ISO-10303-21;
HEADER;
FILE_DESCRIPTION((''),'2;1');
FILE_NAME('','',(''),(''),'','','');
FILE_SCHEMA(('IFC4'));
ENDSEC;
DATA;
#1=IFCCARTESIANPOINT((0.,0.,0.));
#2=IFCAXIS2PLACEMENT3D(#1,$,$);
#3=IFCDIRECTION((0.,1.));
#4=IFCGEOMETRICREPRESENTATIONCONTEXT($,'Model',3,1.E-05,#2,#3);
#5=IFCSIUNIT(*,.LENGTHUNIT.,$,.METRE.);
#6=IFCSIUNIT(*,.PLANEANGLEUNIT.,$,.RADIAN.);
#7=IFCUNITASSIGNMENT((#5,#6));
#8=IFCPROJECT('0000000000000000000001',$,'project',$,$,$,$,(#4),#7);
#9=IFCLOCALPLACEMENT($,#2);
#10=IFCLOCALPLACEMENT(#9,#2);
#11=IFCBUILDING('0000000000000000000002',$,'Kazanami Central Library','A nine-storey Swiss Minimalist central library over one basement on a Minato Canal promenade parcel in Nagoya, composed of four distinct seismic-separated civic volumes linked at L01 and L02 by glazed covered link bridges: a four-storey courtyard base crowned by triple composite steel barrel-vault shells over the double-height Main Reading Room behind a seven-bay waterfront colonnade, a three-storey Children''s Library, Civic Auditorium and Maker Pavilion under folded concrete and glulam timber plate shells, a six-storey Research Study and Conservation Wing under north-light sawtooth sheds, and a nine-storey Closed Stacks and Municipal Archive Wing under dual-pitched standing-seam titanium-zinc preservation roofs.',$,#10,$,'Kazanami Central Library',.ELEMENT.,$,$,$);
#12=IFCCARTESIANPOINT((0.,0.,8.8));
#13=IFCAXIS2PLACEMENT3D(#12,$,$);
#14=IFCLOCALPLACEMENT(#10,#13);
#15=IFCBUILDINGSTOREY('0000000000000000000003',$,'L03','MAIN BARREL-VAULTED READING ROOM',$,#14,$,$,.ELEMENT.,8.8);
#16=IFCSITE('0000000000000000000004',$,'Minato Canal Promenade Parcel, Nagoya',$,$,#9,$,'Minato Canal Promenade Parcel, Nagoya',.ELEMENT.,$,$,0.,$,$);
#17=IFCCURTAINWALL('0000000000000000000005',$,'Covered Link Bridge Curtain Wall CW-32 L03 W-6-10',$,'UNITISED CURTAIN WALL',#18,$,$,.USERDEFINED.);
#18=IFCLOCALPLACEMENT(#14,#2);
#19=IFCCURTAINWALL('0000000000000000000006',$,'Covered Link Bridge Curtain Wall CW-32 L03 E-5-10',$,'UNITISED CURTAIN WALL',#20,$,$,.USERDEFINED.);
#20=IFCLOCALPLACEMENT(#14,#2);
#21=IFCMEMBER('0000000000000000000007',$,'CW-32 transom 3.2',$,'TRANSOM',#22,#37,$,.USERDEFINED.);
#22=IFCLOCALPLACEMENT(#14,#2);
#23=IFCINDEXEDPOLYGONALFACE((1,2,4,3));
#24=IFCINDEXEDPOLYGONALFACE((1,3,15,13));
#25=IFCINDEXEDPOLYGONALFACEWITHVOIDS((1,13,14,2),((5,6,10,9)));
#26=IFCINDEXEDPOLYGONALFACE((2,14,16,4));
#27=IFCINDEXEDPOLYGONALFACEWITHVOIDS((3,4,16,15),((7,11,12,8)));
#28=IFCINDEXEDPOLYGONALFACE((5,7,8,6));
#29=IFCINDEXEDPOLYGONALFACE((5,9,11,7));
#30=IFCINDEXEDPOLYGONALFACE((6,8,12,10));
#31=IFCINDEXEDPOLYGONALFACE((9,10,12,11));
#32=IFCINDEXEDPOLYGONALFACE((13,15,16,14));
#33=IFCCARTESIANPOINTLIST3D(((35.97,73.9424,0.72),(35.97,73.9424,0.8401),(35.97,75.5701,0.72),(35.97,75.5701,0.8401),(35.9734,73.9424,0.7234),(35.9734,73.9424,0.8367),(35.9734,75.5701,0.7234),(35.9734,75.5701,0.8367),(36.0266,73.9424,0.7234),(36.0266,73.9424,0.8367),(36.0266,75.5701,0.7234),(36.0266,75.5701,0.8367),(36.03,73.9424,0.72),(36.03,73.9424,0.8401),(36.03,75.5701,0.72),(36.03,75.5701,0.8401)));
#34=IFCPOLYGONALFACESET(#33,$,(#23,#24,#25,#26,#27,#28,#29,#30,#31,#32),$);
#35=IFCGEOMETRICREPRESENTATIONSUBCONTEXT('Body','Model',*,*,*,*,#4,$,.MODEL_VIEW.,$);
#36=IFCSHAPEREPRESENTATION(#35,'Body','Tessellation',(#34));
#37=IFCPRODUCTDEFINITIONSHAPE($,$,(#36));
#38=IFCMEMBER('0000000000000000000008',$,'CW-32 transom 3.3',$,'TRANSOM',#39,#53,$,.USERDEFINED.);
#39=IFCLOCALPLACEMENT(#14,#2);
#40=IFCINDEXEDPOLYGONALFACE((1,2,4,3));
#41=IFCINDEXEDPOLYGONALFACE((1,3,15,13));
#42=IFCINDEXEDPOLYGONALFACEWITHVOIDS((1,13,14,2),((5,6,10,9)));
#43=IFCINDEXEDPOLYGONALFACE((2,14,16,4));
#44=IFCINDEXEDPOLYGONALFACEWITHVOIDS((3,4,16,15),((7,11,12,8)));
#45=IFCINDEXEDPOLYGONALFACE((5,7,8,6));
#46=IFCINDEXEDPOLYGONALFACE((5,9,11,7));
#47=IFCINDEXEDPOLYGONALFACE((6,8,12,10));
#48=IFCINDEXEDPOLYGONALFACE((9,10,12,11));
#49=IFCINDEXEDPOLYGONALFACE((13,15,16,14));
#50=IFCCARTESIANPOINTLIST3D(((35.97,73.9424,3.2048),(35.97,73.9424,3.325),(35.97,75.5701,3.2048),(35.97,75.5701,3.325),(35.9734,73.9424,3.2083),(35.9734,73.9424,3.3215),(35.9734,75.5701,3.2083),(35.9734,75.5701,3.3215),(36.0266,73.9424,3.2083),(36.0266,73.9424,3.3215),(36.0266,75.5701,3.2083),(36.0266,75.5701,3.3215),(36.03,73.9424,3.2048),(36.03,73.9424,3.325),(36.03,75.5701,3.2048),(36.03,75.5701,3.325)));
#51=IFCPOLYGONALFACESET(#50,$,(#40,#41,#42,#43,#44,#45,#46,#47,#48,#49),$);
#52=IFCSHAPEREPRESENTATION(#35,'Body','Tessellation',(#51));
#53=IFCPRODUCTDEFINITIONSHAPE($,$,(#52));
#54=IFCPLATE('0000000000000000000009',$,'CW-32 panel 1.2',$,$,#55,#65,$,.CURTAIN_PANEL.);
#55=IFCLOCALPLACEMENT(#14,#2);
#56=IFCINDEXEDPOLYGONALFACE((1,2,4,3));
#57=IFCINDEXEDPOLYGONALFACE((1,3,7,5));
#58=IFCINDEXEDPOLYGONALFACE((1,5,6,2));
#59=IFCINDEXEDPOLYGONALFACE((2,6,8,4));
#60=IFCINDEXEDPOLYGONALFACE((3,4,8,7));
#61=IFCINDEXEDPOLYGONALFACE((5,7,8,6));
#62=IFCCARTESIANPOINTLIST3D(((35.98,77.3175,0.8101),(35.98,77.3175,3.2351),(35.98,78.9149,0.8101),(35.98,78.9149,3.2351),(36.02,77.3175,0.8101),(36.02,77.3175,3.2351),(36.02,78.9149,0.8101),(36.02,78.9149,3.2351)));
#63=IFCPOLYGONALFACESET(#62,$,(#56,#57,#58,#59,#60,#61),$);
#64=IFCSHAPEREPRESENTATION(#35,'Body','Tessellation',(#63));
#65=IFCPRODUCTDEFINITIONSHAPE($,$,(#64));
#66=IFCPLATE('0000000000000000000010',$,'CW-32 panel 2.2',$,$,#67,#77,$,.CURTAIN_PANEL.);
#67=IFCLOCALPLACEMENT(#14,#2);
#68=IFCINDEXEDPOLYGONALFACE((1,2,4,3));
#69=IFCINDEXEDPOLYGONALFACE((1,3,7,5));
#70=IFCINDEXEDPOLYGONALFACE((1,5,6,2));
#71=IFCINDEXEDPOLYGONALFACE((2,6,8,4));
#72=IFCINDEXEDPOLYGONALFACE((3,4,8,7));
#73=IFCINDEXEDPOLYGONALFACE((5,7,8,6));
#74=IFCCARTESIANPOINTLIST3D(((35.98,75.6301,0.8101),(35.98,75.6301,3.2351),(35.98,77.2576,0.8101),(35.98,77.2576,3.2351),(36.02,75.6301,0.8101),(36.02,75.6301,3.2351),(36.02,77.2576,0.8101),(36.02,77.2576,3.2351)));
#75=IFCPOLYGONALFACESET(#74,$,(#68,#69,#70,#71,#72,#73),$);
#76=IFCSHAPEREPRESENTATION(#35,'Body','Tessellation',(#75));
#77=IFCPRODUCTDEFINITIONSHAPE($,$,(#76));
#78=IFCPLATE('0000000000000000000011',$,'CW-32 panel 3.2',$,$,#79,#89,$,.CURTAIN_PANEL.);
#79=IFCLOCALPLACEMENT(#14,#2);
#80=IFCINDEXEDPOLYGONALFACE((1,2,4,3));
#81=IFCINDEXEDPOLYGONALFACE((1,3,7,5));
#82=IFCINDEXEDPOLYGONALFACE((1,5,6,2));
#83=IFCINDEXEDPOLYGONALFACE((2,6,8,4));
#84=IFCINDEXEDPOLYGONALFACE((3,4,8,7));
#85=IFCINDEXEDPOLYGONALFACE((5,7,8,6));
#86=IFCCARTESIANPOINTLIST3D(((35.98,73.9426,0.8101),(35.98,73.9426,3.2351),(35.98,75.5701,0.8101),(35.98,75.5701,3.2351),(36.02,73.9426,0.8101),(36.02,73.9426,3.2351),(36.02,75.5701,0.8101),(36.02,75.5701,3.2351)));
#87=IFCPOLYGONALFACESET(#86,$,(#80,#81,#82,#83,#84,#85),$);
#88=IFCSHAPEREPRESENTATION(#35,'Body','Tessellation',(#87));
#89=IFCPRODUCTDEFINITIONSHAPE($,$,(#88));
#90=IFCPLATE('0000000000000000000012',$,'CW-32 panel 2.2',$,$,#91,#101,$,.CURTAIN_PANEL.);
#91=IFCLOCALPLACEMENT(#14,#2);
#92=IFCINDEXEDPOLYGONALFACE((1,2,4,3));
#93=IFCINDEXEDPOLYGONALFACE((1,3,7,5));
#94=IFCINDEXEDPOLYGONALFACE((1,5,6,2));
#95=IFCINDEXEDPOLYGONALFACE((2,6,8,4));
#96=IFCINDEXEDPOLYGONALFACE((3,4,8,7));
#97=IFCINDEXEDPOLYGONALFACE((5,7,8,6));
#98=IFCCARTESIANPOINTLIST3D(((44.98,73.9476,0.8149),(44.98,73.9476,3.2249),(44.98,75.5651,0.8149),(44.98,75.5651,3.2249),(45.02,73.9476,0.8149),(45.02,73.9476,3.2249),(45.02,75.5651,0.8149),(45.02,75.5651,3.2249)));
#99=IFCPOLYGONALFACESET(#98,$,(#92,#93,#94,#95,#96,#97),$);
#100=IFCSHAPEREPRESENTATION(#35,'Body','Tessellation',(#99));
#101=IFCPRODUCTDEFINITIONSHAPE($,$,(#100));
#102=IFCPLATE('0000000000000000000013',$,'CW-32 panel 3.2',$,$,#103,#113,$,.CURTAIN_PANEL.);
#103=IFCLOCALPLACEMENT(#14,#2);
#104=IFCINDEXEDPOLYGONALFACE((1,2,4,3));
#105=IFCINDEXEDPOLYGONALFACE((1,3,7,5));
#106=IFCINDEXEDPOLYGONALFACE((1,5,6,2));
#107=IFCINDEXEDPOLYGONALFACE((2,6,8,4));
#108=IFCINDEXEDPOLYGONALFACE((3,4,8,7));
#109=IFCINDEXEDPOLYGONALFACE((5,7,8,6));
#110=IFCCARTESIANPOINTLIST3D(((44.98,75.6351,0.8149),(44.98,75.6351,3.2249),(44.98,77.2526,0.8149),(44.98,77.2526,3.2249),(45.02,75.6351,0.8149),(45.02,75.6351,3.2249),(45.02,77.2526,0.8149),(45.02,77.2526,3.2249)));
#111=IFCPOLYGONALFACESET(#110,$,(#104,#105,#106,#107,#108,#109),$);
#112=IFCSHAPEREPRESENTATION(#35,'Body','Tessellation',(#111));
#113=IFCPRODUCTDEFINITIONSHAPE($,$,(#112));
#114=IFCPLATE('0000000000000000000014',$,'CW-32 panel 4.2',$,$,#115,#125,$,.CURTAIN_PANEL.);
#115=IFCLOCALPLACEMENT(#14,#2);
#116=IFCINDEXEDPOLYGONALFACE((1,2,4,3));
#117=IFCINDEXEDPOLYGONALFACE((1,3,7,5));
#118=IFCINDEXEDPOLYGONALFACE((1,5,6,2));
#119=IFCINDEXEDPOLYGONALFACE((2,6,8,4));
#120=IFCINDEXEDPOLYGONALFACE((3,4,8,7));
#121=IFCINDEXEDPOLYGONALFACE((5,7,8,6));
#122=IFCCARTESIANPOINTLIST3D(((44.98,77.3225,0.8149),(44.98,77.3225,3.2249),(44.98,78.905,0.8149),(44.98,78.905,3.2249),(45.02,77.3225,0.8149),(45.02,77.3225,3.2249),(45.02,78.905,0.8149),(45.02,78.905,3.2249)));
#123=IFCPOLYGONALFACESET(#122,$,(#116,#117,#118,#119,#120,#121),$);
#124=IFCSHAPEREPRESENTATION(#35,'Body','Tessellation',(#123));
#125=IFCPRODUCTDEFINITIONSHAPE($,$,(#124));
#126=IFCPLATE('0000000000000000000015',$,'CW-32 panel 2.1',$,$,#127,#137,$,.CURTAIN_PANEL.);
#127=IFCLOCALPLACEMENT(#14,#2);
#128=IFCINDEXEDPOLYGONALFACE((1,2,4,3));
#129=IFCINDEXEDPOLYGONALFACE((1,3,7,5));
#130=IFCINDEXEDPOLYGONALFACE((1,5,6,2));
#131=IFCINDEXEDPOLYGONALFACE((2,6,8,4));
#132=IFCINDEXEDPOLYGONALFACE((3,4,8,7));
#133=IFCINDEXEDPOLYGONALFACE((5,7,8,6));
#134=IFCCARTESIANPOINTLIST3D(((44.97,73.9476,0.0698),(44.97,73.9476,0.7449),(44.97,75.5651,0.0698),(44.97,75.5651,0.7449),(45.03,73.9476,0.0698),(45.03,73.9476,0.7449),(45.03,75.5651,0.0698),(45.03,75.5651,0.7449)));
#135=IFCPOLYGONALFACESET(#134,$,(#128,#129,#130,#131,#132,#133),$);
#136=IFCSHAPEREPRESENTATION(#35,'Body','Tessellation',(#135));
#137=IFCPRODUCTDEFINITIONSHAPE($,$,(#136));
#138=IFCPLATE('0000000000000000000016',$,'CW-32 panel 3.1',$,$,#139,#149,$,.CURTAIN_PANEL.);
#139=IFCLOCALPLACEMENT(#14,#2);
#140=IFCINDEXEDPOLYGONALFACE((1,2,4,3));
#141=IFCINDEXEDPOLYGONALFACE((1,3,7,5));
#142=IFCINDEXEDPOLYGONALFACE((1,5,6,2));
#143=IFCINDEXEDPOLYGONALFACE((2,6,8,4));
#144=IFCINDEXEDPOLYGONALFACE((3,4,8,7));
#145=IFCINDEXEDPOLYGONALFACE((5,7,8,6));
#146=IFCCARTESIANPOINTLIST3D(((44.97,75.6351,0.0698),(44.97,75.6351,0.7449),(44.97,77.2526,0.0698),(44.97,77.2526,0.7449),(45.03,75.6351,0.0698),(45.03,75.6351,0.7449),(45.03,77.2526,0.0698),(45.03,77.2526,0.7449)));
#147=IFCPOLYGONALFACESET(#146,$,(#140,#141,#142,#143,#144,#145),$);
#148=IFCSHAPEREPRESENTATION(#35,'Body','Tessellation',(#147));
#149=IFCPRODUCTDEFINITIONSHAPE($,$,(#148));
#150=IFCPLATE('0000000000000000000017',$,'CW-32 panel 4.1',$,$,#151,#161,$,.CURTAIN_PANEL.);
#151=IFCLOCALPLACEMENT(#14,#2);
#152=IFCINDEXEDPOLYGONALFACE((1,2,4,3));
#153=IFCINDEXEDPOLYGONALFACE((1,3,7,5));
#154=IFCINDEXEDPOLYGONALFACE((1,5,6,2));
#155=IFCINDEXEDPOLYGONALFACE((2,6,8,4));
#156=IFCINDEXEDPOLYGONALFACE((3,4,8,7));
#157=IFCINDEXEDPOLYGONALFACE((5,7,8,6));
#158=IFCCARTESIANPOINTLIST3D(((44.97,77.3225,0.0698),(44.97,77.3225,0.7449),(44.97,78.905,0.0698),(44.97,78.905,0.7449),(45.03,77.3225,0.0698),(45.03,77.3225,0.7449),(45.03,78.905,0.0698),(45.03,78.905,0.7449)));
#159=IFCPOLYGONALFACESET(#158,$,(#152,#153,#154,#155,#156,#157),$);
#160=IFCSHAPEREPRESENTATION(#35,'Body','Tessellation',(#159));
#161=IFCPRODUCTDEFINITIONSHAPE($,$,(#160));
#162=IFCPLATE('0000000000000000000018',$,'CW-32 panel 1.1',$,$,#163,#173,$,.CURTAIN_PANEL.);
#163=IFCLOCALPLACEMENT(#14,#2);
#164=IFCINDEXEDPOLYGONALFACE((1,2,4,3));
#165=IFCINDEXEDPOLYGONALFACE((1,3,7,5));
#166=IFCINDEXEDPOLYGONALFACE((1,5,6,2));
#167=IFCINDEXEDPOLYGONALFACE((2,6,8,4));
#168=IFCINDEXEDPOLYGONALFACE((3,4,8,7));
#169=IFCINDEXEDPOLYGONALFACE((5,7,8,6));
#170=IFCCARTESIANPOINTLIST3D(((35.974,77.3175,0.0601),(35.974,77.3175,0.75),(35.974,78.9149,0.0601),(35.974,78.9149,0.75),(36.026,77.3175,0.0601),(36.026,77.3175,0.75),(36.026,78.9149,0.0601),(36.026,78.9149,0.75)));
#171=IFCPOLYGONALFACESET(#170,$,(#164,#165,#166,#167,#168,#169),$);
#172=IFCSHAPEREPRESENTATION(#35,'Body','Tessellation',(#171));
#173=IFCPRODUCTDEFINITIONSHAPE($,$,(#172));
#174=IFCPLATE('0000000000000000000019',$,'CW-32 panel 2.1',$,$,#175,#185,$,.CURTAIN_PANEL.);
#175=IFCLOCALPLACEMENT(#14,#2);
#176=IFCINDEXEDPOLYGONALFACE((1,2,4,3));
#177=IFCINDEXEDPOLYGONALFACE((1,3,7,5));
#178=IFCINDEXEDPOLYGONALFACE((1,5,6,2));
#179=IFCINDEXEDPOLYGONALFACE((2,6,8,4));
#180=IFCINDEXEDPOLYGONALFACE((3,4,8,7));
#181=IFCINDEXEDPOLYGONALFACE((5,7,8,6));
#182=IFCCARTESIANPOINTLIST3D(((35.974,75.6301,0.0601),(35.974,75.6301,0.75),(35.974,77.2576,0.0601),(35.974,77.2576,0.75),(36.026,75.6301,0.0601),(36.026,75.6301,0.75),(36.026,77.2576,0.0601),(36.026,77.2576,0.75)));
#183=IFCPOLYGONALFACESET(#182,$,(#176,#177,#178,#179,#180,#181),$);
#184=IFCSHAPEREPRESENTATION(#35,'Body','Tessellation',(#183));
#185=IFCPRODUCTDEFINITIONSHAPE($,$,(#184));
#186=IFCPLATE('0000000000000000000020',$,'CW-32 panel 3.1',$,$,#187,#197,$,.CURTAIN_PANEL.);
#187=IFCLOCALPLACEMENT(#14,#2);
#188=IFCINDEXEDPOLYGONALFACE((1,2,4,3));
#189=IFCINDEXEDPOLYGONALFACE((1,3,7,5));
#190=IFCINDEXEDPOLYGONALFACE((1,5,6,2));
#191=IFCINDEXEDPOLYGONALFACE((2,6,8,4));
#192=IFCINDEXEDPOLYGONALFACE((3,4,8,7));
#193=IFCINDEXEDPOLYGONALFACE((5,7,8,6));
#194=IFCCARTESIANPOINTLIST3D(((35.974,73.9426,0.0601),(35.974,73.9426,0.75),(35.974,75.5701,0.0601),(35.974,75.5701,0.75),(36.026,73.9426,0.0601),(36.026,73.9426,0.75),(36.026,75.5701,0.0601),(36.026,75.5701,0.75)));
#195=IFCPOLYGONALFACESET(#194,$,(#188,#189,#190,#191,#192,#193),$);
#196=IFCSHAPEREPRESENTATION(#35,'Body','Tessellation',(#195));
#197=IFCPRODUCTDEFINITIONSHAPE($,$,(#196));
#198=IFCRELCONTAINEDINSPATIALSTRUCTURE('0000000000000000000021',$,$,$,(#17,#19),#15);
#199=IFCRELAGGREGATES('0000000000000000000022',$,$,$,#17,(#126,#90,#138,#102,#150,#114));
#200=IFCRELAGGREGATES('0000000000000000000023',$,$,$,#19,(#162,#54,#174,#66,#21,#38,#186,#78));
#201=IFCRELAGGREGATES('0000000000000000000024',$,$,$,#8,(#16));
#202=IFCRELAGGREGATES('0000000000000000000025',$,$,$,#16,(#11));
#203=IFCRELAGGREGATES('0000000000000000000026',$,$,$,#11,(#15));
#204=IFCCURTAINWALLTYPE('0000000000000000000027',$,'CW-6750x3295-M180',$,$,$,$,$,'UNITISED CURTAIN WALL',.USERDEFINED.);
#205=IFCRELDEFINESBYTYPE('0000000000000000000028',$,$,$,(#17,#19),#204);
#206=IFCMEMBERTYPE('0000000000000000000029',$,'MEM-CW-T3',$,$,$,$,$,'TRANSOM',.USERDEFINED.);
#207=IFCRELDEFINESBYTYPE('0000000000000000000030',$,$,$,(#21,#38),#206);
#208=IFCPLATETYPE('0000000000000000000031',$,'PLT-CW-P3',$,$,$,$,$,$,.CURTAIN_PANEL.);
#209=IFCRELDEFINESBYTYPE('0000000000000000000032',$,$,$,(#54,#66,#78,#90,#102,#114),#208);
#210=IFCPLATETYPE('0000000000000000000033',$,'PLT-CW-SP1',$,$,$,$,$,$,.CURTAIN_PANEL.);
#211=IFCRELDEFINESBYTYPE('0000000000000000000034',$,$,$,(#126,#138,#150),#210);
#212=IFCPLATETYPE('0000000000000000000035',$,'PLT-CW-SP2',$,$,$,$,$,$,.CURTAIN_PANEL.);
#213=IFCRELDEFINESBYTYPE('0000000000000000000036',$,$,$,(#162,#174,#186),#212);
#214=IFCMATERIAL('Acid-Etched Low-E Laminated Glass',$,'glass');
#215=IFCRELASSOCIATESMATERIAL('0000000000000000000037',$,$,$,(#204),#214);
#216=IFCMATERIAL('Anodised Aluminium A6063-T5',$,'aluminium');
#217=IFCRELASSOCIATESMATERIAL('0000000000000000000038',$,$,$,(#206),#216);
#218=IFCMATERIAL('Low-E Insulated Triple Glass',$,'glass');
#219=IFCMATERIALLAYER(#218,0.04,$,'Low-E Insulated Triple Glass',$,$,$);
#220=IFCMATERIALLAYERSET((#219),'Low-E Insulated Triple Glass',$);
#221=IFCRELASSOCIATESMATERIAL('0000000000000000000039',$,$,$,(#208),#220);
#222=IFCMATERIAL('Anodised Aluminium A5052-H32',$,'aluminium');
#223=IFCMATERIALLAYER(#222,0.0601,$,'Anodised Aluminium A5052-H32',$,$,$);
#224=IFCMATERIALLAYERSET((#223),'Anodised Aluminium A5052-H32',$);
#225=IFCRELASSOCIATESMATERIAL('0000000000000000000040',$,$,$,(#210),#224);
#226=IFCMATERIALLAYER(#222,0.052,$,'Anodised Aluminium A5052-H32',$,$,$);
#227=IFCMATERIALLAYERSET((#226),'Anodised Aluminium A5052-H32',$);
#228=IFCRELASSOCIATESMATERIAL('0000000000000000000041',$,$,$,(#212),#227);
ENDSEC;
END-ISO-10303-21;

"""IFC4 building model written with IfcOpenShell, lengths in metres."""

from ifc_helpers import new_model, si_unit, direction, frame, origin, origin_2d, place, context, subcontext, project, spatial, rectangle, hollow_rectangle, extrude, material, layer, layer_set, material_profile, profile_set, type_object, element, aggregate, save


model = new_model("IFC4")

# Units and contexts
model_context = context("Model", 3, precision=1e-05, world=origin(), true_north=direction((0.0, 1.0)))
body_context = subcontext(model_context, "Body", "Model", "MODEL_VIEW")
ifc_project = project(units=[si_unit("LENGTHUNIT", "METRE"), si_unit("PLANEANGLEUNIT", "RADIAN")], contexts=[model_context])

# Site, building, storey
site_placement = place(None, origin())
site = spatial("IfcSite", under=ifc_project, at=site_placement, Name="Minato Canal Promenade Parcel, Nagoya", LongName="Minato Canal Promenade Parcel, Nagoya", CompositionType="ELEMENT", RefElevation=0.0)
building_placement = place(site_placement, origin())
building = spatial("IfcBuilding", under=site, at=building_placement, Name="Kazanami Central Library", Description="A nine-storey Swiss Minimalist central library over one basement on a Minato Canal promenade parcel in Nagoya, composed of four distinct seismic-separated civic volumes linked at L01 and L02 by glazed covered link bridges: a four-storey courtyard base crowned by triple composite steel barrel-vault shells over the double-height Main Reading Room behind a seven-bay waterfront colonnade, a three-storey Children's Library, Civic Auditorium and Maker Pavilion under folded concrete and glulam timber plate shells, a six-storey Research Study and Conservation Wing under north-light sawtooth sheds, and a nine-storey Closed Stacks and Municipal Archive Wing under dual-pitched standing-seam titanium-zinc preservation roofs.", LongName="Kazanami Central Library", CompositionType="ELEMENT")
storey_placement = place(building_placement, frame((0.0, 0.0, 8.8)))
storey = spatial("IfcBuildingStorey", under=building, at=storey_placement, Name="L03", Description="MAIN BARREL-VAULTED READING ROOM", CompositionType="ELEMENT", Elevation=8.8)

# Curtain walls
ifc_material_1 = material(Name="Acid-Etched Low-E Laminated Glass", Category="glass")
curtain_wall_type = type_object("IfcCurtainWallType", Name="CW-6750x3295-M180", ElementType="UNITISED CURTAIN WALL", PredefinedType="USERDEFINED", material=ifc_material_1)
curtain_wall_1_placement = place(storey_placement, origin())
curtain_wall_1 = element("IfcCurtainWall", 1, at=curtain_wall_1_placement, inside=storey, type_object=curtain_wall_type, Name="Covered Link Bridge Curtain Wall CW-32 L03 W-6-10", ObjectType="UNITISED CURTAIN WALL", PredefinedType="USERDEFINED")
ifc_material_2 = material(Name="Anodised Aluminium A6063-T5", Category="aluminium")
curtain_wall_2_placement = place(storey_placement, origin())
curtain_wall_2 = element("IfcCurtainWall", 2, at=curtain_wall_2_placement, inside=storey, type_object=curtain_wall_type, Name="Covered Link Bridge Curtain Wall CW-32 L03 E-5-10", ObjectType="UNITISED CURTAIN WALL", PredefinedType="USERDEFINED")

# Members
ifc_material_profile_1 = material_profile(ifc_material_2, hollow_rectangle(XDim=0.0601, YDim=0.1201, WallThickness=0.0034, at=origin_2d()), Name="ALU-TRAN-60x120x3.5")
ifc_profile_set_1 = profile_set([ifc_material_profile_1], Name="Anodised Aluminium A6063-T5")
member_type_1 = type_object("IfcMemberType", Name="MEM-CW-T3", ElementType="TRANSOM", PredefinedType="USERDEFINED", material=ifc_profile_set_1)
member_1_placement = place(storey_placement, frame((36.0, 75.5701, 0.78), z_axis=(0.0, -1.0, 0.0), x_axis=(1.0, 0.0, 0.0)))
member_1 = element("IfcMember", 3, at=member_1_placement, type_object=member_type_1, Name="CW-32 transom 3.2", ObjectType="TRANSOM", PredefinedType="USERDEFINED", context=body_context, shape_type="SweptSolid", body=[
    extrude(hollow_rectangle(XDim=0.0601, YDim=0.1201, WallThickness=0.0034, at=origin_2d()), origin(), (0.0, 0.0, 1.0), 1.6277),
])
member_2_placement = place(storey_placement, frame((36.0, 75.5701, 3.2649), z_axis=(0.0, -1.0, 0.0), x_axis=(1.0, 0.0, 0.0)))
member_2 = element("IfcMember", 4, at=member_2_placement, type_object=member_type_1, Name="CW-32 transom 3.3", ObjectType="TRANSOM", PredefinedType="USERDEFINED", context=body_context, shape_type="SweptSolid", body=[
    extrude(hollow_rectangle(XDim=0.0601, YDim=0.1201, WallThickness=0.0034, at=origin_2d()), origin(), (0.0, 0.0, 1.0), 1.6277),
])

# Plates
ifc_material_3 = material(Name="Low-E Insulated Triple Glass", Category="glass")
ifc_layer_1 = layer(ifc_material_3, 0.04, Name="Low-E Insulated Triple Glass")
ifc_layer_set_1 = layer_set([ifc_layer_1], Name="Low-E Insulated Triple Glass")
plate_type_1 = type_object("IfcPlateType", Name="PLT-CW-P3", PredefinedType="CURTAIN_PANEL", material=ifc_layer_set_1)
plate_1_placement = place(storey_placement, frame((36.0, 78.1162, 0.8101), z_axis=(0.0, 0.0, 1.0), x_axis=(0.0, -1.0, 0.0)))
plate_1 = element("IfcPlate", 5, at=plate_1_placement, type_object=plate_type_1, Name="CW-32 panel 1.2", PredefinedType="CURTAIN_PANEL", context=body_context, shape_type="SweptSolid", body=[
    extrude(rectangle(XDim=1.5974, YDim=0.04, at=origin_2d()), origin(), (0.0, 0.0, 1.0), 2.425),
])
plate_2_placement = place(storey_placement, frame((36.0, 76.4438, 0.8101), z_axis=(0.0, 0.0, 1.0), x_axis=(0.0, -1.0, 0.0)))
plate_2 = element("IfcPlate", 6, at=plate_2_placement, type_object=plate_type_1, Name="CW-32 panel 2.2", PredefinedType="CURTAIN_PANEL", context=body_context, shape_type="SweptSolid", body=[
    extrude(rectangle(XDim=1.6274, YDim=0.04, at=origin_2d()), origin(), (0.0, 0.0, 1.0), 2.425),
])
plate_3_placement = place(storey_placement, frame((36.0, 74.7563, 0.8101), z_axis=(0.0, 0.0, 1.0), x_axis=(0.0, -1.0, 0.0)))
plate_3 = element("IfcPlate", 7, at=plate_3_placement, type_object=plate_type_1, Name="CW-32 panel 3.2", PredefinedType="CURTAIN_PANEL", context=body_context, shape_type="SweptSolid", body=[
    extrude(rectangle(XDim=1.6274, YDim=0.04, at=origin_2d()), origin(), (0.0, 0.0, 1.0), 2.425),
])
plate_4_placement = place(storey_placement, frame((45.0, 74.7563, 0.8149), z_axis=(0.0, 0.0, 1.0), x_axis=(0.0, 1.0, 0.0)))
plate_4 = element("IfcPlate", 8, at=plate_4_placement, type_object=plate_type_1, Name="CW-32 panel 2.2", PredefinedType="CURTAIN_PANEL", context=body_context, shape_type="SweptSolid", body=[
    extrude(rectangle(XDim=1.6174, YDim=0.04, at=origin_2d()), origin(), (0.0, 0.0, 1.0), 2.4099),
])
plate_5_placement = place(storey_placement, frame((45.0, 76.4438, 0.8149), z_axis=(0.0, 0.0, 1.0), x_axis=(0.0, 1.0, 0.0)))
plate_5 = element("IfcPlate", 9, at=plate_5_placement, type_object=plate_type_1, Name="CW-32 panel 3.2", PredefinedType="CURTAIN_PANEL", context=body_context, shape_type="SweptSolid", body=[
    extrude(rectangle(XDim=1.6174, YDim=0.04, at=origin_2d()), origin(), (0.0, 0.0, 1.0), 2.4099),
])
plate_6_placement = place(storey_placement, frame((45.0, 78.1138, 0.8149), z_axis=(0.0, 0.0, 1.0), x_axis=(0.0, 1.0, 0.0)))
plate_6 = element("IfcPlate", 10, at=plate_6_placement, type_object=plate_type_1, Name="CW-32 panel 4.2", PredefinedType="CURTAIN_PANEL", context=body_context, shape_type="SweptSolid", body=[
    extrude(rectangle(XDim=1.5825, YDim=0.04, at=origin_2d()), origin(), (0.0, 0.0, 1.0), 2.4099),
])
ifc_material_4 = material(Name="Anodised Aluminium A5052-H32", Category="aluminium")
ifc_layer_2 = layer(ifc_material_4, 0.0601, Name="Anodised Aluminium A5052-H32")
ifc_layer_set_2 = layer_set([ifc_layer_2], Name="Anodised Aluminium A5052-H32")
plate_type_2 = type_object("IfcPlateType", Name="PLT-CW-SP1", PredefinedType="CURTAIN_PANEL", material=ifc_layer_set_2)
plate_7_placement = place(storey_placement, frame((45.0, 74.7563, 0.0698), z_axis=(0.0, 0.0, 1.0), x_axis=(0.0, 1.0, 0.0)))
plate_7 = element("IfcPlate", 11, at=plate_7_placement, type_object=plate_type_2, Name="CW-32 panel 2.1", PredefinedType="CURTAIN_PANEL", context=body_context, shape_type="SweptSolid", body=[
    extrude(rectangle(XDim=1.6174, YDim=0.0601, at=origin_2d()), origin(), (0.0, 0.0, 1.0), 0.675),
])
plate_8_placement = place(storey_placement, frame((45.0, 76.4438, 0.0698), z_axis=(0.0, 0.0, 1.0), x_axis=(0.0, 1.0, 0.0)))
plate_8 = element("IfcPlate", 12, at=plate_8_placement, type_object=plate_type_2, Name="CW-32 panel 3.1", PredefinedType="CURTAIN_PANEL", context=body_context, shape_type="SweptSolid", body=[
    extrude(rectangle(XDim=1.6174, YDim=0.0601, at=origin_2d()), origin(), (0.0, 0.0, 1.0), 0.675),
])
plate_9_placement = place(storey_placement, frame((45.0, 78.1138, 0.0698), z_axis=(0.0, 0.0, 1.0), x_axis=(0.0, 1.0, 0.0)))
plate_9 = element("IfcPlate", 13, at=plate_9_placement, type_object=plate_type_2, Name="CW-32 panel 4.1", PredefinedType="CURTAIN_PANEL", context=body_context, shape_type="SweptSolid", body=[
    extrude(rectangle(XDim=1.5825, YDim=0.0601, at=origin_2d()), origin(), (0.0, 0.0, 1.0), 0.675),
])
aggregate(curtain_wall_1, [plate_7, plate_4, plate_8, plate_5, plate_9, plate_6])
ifc_layer_3 = layer(ifc_material_4, 0.052, Name="Anodised Aluminium A5052-H32")
ifc_layer_set_3 = layer_set([ifc_layer_3], Name="Anodised Aluminium A5052-H32")
plate_type_3 = type_object("IfcPlateType", Name="PLT-CW-SP2", PredefinedType="CURTAIN_PANEL", material=ifc_layer_set_3)
plate_10_placement = place(storey_placement, frame((36.0, 78.1162, 0.0601), z_axis=(0.0, 0.0, 1.0), x_axis=(0.0, -1.0, 0.0)))
plate_10 = element("IfcPlate", 14, at=plate_10_placement, type_object=plate_type_3, Name="CW-32 panel 1.1", PredefinedType="CURTAIN_PANEL", context=body_context, shape_type="SweptSolid", body=[
    extrude(rectangle(XDim=1.5974, YDim=0.052, at=origin_2d()), origin(), (0.0, 0.0, 1.0), 0.6899),
])
plate_11_placement = place(storey_placement, frame((36.0, 76.4438, 0.0601), z_axis=(0.0, 0.0, 1.0), x_axis=(0.0, -1.0, 0.0)))
plate_11 = element("IfcPlate", 15, at=plate_11_placement, type_object=plate_type_3, Name="CW-32 panel 2.1", PredefinedType="CURTAIN_PANEL", context=body_context, shape_type="SweptSolid", body=[
    extrude(rectangle(XDim=1.6274, YDim=0.052, at=origin_2d()), origin(), (0.0, 0.0, 1.0), 0.6899),
])
plate_12_placement = place(storey_placement, frame((36.0, 74.7563, 0.0601), z_axis=(0.0, 0.0, 1.0), x_axis=(0.0, -1.0, 0.0)))
plate_12 = element("IfcPlate", 16, at=plate_12_placement, type_object=plate_type_3, Name="CW-32 panel 3.1", PredefinedType="CURTAIN_PANEL", context=body_context, shape_type="SweptSolid", body=[
    extrude(rectangle(XDim=1.6274, YDim=0.052, at=origin_2d()), origin(), (0.0, 0.0, 1.0), 0.6899),
])
aggregate(curtain_wall_2, [plate_10, plate_1, plate_11, plate_2, member_1, member_2, plate_12, plate_3])

save(model, "model.ifc")
